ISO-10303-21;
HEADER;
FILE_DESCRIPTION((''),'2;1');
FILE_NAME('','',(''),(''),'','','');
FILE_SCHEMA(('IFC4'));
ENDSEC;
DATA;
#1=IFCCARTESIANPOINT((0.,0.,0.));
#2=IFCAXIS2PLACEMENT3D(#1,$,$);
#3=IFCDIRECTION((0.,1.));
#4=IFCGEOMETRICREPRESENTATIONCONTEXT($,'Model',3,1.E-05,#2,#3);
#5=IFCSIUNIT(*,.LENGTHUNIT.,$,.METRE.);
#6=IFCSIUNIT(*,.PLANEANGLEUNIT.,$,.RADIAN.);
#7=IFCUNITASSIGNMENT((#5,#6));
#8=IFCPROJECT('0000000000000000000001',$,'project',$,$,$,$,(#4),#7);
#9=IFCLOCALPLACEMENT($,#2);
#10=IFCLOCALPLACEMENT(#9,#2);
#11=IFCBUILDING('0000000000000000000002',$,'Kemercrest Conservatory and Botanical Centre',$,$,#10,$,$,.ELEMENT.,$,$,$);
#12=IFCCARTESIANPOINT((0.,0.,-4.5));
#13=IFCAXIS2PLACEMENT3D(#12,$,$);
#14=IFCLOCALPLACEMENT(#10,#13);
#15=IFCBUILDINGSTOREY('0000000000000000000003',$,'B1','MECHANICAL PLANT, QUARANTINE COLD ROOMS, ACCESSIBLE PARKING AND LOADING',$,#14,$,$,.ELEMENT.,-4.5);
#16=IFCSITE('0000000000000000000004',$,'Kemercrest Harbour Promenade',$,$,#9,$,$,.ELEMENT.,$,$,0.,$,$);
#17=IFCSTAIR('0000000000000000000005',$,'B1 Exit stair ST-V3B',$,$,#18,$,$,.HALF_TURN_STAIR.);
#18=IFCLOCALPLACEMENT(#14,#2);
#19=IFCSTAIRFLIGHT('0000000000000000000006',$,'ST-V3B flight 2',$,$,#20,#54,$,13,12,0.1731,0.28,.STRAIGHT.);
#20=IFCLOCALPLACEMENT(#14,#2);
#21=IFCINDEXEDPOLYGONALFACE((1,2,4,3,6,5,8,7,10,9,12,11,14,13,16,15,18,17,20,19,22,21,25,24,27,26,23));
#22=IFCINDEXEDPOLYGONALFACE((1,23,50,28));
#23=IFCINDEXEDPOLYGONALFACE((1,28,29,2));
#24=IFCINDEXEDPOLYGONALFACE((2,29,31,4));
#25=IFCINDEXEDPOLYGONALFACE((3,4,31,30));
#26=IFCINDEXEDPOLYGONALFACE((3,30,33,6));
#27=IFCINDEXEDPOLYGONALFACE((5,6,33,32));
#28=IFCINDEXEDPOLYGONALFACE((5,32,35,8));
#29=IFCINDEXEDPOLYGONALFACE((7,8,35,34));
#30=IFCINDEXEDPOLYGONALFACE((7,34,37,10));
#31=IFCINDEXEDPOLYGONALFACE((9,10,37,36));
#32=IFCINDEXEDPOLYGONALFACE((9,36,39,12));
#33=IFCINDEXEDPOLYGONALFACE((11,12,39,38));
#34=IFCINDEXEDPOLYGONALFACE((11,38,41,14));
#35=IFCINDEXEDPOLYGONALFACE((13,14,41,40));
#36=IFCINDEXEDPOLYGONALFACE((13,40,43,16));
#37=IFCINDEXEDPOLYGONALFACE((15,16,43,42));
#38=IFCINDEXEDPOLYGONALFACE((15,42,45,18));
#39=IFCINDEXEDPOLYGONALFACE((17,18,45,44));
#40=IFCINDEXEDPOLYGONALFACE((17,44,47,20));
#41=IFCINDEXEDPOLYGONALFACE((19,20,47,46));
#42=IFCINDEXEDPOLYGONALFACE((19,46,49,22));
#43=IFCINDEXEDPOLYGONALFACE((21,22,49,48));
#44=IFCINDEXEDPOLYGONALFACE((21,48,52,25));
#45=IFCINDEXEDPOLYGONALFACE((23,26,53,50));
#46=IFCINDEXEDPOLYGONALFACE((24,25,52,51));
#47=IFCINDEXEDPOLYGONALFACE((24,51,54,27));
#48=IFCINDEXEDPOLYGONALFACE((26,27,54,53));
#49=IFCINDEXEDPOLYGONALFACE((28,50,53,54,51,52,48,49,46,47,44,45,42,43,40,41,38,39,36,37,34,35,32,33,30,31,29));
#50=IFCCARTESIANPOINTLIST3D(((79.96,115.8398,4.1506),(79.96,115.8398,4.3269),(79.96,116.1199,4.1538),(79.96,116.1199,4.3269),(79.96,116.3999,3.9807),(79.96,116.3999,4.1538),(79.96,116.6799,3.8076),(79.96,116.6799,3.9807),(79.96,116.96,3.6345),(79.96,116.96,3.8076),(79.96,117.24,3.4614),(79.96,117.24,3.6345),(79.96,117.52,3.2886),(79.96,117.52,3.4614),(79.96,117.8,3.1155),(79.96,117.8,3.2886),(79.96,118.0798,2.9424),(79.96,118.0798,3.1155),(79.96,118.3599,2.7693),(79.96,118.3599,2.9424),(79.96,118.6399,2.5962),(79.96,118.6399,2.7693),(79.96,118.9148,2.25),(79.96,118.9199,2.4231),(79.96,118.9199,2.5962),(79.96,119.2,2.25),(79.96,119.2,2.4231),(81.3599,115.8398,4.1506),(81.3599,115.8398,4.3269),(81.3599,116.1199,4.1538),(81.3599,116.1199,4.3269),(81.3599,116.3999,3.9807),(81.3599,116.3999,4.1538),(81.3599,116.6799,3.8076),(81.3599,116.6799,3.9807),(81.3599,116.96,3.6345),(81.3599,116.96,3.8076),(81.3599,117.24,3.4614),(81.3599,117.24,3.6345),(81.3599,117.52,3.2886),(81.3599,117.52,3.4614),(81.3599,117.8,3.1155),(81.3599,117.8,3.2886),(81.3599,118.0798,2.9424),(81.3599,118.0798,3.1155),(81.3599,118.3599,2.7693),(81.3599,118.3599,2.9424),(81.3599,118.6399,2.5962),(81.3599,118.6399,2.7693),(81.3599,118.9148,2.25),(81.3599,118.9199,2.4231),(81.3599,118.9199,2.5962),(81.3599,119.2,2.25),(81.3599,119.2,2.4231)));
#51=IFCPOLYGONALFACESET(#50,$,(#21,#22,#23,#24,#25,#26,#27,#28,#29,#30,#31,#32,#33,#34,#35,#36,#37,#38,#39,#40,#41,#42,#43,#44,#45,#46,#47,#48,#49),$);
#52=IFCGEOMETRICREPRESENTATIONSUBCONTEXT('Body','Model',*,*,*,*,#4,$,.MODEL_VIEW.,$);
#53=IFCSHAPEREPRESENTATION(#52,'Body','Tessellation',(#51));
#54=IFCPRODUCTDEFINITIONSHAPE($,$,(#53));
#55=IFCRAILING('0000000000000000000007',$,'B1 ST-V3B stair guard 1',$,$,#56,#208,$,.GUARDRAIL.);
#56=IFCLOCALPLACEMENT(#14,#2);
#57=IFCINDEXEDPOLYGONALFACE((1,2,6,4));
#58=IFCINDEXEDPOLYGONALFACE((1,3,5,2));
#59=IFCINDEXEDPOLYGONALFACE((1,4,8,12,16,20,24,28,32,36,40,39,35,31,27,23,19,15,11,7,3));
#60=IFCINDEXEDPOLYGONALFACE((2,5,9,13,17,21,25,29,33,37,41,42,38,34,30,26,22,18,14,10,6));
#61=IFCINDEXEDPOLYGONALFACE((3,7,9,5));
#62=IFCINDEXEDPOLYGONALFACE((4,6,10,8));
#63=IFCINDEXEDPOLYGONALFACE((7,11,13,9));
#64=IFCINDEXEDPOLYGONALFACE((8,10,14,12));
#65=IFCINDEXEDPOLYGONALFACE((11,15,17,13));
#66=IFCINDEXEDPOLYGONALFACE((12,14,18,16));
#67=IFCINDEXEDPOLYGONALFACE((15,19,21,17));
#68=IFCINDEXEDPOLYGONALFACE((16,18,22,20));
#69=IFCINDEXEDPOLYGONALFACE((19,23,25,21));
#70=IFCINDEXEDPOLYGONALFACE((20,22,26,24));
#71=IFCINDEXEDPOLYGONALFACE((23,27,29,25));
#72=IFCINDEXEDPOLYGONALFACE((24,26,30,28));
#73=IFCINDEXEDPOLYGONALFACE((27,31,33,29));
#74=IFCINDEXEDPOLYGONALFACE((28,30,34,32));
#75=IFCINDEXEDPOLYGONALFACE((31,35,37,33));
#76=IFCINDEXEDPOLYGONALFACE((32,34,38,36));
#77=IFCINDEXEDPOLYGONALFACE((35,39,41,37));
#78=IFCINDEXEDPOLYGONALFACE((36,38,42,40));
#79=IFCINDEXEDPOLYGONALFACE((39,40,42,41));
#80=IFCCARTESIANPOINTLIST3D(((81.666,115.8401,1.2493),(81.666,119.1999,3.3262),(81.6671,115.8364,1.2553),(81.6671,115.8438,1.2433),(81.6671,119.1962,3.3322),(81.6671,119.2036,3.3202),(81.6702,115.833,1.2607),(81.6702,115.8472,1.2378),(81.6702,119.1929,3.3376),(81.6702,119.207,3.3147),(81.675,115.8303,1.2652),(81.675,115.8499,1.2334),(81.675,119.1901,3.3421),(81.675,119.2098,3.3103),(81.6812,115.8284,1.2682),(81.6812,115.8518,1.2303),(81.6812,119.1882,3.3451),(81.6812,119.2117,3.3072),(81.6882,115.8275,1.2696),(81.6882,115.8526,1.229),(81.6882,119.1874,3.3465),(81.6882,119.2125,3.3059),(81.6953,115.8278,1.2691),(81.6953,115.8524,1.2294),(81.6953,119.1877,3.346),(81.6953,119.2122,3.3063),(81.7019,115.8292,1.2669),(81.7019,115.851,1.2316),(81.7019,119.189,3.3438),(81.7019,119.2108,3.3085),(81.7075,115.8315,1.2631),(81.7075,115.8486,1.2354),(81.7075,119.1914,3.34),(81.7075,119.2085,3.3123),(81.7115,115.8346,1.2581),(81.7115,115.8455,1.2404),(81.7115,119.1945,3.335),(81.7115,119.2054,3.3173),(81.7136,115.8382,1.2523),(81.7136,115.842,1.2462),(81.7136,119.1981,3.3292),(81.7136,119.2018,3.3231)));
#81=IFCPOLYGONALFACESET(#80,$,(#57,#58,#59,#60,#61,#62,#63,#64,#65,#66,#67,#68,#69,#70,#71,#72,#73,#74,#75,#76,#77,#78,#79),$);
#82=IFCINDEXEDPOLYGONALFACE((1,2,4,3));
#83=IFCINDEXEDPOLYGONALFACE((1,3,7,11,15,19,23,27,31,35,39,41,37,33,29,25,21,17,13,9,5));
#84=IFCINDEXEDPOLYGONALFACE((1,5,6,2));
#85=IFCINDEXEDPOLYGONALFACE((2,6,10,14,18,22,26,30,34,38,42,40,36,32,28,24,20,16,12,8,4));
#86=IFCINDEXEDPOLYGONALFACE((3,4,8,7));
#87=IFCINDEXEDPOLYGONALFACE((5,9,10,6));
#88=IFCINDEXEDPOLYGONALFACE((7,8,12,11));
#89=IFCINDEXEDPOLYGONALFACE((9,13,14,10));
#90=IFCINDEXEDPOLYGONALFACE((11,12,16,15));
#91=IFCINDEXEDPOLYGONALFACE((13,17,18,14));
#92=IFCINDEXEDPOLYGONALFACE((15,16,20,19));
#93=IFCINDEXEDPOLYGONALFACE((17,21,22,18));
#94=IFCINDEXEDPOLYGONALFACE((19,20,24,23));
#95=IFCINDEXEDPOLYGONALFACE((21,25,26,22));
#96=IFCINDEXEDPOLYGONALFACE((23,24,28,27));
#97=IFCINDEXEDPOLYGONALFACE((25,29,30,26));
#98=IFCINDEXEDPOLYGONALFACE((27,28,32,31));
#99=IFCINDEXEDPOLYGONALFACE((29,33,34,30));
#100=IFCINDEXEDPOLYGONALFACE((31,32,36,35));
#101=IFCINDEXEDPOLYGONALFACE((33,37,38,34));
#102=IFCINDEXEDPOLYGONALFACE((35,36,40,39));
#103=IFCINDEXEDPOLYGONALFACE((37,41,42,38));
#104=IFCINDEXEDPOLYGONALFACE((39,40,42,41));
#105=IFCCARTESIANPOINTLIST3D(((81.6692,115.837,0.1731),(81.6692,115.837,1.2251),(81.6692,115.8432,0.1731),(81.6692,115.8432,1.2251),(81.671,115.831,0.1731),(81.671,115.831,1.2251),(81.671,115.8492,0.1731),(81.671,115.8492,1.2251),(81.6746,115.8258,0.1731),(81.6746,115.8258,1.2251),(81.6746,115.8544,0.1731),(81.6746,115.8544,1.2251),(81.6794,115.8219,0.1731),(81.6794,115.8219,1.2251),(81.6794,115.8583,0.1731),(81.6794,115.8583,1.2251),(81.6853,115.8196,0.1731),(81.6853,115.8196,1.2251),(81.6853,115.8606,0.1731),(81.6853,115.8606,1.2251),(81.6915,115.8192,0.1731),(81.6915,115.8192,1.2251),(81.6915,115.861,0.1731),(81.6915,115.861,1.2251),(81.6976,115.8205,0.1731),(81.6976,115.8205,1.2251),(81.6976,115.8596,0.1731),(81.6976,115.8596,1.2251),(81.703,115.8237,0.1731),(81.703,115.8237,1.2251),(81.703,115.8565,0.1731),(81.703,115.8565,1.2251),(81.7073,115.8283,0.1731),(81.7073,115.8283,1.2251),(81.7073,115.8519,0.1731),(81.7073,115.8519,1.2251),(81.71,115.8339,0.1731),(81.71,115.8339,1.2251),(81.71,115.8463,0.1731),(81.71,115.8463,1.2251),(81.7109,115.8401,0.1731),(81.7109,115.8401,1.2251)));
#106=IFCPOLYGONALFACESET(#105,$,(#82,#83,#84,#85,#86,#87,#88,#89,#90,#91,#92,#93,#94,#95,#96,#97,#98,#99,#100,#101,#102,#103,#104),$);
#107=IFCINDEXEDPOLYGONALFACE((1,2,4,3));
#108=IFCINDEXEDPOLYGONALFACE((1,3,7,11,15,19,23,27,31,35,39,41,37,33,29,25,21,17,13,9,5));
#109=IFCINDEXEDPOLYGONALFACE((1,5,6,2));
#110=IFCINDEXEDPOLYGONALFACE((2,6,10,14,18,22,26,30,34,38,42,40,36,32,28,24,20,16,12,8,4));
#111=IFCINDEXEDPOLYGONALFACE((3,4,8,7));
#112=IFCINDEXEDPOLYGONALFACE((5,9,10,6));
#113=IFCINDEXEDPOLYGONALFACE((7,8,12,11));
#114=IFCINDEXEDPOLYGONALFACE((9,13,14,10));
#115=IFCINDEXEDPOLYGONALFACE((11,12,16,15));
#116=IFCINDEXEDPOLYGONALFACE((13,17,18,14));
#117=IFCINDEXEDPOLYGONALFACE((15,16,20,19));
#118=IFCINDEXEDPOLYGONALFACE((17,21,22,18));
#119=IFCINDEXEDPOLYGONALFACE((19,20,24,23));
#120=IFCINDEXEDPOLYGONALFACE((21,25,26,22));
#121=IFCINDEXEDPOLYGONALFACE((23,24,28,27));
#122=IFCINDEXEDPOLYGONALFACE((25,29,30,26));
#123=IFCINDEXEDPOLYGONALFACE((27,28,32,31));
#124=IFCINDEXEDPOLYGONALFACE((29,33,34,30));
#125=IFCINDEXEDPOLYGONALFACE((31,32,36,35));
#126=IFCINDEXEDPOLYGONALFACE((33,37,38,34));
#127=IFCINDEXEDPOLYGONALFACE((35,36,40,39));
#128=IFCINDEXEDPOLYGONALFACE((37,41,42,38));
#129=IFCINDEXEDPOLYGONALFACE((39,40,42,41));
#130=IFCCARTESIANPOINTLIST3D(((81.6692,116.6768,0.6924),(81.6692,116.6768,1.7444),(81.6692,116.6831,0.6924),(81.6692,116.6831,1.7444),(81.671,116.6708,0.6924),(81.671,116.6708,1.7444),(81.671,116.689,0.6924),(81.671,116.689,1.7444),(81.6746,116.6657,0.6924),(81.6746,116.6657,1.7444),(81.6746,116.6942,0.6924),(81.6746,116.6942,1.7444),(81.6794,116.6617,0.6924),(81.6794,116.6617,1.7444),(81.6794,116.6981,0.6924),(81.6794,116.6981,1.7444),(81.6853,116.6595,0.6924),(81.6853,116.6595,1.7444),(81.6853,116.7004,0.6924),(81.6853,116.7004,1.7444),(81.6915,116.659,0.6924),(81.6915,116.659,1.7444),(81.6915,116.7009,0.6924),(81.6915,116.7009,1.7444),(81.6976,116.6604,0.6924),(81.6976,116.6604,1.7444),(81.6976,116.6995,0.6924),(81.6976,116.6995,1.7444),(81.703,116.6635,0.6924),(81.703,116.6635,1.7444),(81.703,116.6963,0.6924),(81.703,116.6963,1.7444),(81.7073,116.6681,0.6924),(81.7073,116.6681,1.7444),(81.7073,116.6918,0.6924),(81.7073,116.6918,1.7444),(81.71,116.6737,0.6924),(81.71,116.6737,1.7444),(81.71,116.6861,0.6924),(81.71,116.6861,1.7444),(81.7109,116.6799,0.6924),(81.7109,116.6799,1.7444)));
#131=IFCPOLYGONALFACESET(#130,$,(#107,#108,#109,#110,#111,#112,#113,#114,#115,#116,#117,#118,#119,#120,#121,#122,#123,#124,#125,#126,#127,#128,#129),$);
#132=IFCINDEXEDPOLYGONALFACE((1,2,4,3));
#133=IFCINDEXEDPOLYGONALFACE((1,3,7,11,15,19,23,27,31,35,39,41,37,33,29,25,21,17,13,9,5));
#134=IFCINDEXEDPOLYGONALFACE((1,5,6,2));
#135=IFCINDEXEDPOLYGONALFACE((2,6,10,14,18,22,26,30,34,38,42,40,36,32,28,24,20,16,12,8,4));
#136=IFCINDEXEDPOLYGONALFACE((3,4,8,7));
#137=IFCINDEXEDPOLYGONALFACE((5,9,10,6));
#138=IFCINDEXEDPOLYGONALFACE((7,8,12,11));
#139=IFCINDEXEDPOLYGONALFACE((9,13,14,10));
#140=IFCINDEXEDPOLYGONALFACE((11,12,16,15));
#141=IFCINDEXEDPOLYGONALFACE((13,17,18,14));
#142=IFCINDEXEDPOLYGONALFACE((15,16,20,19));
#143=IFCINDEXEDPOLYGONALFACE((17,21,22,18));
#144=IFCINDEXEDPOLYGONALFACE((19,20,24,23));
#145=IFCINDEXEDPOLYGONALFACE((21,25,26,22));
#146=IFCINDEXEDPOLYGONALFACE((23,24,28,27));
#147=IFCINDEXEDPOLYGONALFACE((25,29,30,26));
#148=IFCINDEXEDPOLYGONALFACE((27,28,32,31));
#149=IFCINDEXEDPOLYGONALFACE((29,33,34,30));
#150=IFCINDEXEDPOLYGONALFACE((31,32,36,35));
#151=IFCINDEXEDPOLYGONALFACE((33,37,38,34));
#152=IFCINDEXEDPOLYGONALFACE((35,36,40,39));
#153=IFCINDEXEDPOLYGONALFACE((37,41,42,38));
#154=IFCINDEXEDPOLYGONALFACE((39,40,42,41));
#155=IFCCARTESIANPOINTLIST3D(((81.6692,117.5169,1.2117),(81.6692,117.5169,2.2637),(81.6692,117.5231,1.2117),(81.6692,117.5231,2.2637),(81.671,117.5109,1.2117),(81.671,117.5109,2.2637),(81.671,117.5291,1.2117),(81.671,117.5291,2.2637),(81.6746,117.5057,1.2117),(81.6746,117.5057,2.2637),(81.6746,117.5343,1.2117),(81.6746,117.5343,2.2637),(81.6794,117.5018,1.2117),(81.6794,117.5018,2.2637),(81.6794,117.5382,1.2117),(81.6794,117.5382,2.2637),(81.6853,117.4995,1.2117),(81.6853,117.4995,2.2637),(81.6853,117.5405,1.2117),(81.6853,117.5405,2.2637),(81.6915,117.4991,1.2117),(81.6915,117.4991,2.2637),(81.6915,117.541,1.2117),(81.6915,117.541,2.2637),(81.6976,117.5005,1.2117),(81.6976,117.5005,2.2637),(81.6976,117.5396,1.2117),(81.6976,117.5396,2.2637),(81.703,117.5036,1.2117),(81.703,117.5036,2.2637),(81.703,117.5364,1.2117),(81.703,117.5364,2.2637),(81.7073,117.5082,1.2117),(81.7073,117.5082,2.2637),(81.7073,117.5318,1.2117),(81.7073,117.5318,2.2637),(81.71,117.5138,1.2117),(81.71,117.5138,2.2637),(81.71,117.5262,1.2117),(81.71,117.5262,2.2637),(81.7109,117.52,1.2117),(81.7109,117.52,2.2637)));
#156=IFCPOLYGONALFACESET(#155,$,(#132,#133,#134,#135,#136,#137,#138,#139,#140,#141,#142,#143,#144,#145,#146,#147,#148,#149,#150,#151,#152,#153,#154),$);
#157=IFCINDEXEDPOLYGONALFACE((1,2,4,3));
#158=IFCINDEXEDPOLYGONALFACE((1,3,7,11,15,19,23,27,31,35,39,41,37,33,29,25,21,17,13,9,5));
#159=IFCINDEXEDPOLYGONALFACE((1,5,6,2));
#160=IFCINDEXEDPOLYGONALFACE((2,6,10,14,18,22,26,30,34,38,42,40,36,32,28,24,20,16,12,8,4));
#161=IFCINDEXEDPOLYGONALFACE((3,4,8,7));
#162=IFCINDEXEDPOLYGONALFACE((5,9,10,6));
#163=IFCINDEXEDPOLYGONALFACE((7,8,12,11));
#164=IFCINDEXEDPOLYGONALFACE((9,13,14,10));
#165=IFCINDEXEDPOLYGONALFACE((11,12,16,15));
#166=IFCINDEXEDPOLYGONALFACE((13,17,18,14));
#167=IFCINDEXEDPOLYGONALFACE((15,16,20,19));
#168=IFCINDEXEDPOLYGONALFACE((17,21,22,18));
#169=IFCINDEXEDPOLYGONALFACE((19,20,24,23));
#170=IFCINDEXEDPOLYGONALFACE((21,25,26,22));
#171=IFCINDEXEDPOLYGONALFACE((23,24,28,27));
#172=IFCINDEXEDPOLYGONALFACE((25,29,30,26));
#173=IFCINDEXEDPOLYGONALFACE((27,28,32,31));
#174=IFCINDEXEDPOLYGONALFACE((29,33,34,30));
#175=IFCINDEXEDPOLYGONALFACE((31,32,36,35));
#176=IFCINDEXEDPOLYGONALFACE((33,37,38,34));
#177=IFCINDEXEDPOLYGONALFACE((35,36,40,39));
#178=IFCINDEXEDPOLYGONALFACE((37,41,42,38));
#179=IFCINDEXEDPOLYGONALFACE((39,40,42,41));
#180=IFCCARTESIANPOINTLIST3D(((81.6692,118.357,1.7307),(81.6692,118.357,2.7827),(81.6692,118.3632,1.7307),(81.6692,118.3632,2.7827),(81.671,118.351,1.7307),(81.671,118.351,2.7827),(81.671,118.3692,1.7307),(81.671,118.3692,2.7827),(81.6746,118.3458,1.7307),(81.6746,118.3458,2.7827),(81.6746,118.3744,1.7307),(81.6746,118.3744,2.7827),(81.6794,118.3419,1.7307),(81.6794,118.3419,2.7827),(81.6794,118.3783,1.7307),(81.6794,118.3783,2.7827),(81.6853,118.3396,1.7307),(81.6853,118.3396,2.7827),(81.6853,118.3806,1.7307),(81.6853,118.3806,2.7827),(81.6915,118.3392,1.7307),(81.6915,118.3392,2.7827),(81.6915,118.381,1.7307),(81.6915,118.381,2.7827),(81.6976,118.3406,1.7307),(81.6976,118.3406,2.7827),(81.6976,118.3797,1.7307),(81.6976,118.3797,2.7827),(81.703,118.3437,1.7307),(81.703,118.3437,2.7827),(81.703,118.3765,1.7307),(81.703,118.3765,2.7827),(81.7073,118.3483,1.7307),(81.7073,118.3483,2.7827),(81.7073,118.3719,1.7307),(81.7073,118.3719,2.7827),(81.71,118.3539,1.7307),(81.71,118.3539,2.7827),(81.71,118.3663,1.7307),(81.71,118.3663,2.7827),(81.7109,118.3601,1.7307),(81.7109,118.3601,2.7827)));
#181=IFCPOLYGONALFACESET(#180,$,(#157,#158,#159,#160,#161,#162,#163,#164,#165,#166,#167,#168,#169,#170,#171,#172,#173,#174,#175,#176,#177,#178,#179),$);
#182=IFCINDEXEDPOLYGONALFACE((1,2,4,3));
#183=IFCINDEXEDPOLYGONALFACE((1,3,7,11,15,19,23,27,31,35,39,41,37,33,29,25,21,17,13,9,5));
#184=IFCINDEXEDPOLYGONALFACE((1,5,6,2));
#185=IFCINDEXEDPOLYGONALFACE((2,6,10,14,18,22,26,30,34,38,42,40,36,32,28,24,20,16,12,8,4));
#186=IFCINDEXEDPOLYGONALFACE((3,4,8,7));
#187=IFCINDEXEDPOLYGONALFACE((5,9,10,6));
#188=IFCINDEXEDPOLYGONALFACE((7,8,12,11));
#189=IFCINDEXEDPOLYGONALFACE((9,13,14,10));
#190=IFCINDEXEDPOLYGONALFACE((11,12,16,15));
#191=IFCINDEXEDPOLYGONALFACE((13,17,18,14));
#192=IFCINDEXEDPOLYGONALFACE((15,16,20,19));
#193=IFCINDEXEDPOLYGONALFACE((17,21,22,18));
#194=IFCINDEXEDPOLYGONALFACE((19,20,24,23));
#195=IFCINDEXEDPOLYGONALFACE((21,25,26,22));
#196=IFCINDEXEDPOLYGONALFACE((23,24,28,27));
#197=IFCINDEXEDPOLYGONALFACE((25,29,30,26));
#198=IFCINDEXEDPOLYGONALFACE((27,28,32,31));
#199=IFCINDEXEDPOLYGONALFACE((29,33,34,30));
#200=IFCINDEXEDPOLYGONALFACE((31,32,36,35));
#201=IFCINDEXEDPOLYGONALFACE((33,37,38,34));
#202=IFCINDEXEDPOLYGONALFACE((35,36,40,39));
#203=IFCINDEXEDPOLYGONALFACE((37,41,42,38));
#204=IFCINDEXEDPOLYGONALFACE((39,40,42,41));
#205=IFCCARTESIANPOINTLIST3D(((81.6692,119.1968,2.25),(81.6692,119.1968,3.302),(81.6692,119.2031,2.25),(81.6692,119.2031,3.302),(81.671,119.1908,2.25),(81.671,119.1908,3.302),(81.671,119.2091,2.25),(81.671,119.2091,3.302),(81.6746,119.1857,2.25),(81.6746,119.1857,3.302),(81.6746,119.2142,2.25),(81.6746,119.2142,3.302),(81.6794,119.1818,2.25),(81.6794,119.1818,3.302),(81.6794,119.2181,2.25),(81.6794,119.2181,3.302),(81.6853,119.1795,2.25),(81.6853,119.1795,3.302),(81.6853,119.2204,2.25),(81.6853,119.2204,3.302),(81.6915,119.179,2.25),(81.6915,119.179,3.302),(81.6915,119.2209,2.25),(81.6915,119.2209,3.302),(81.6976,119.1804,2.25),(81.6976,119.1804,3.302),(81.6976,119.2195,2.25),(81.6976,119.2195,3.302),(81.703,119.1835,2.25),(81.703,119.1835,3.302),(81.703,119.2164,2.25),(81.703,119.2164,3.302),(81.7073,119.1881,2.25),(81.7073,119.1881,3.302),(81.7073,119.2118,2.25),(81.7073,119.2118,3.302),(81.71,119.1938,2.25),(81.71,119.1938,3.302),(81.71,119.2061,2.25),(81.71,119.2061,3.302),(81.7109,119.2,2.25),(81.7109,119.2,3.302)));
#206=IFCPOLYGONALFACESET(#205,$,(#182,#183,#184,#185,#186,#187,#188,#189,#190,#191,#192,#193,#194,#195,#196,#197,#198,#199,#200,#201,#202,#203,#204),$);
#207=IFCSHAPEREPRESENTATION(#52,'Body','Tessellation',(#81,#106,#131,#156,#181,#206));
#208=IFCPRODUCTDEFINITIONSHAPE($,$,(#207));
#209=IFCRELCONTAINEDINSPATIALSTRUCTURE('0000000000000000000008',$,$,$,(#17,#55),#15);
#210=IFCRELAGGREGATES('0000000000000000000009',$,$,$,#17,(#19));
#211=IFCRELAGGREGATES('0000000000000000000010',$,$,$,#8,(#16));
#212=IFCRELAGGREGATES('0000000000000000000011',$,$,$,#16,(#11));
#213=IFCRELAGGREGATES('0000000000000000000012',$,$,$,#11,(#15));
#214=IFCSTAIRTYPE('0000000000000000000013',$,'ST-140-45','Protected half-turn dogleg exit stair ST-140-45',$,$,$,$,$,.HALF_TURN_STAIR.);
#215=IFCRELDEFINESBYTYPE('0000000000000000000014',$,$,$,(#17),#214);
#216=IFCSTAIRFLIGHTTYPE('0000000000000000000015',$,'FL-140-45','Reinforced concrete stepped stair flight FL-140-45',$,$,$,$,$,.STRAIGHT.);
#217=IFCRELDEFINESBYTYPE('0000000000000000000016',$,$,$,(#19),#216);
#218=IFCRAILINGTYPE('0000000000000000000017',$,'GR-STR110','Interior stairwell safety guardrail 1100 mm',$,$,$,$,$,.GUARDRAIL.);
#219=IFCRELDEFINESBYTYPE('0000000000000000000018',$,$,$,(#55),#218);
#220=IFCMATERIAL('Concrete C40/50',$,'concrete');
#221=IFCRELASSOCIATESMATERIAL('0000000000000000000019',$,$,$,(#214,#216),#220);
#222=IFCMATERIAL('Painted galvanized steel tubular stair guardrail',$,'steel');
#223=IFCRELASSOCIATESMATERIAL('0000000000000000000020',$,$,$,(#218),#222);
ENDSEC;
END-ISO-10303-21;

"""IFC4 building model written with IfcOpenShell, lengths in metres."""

from ifc_helpers import new_model, si_unit, direction, frame, origin, origin_2d, place, context, subcontext, project, spatial, polyline, circle, outline, extrude, material, type_object, element, aggregate, save


model = new_model("IFC4")

# Units and contexts
model_context = context("Model", 3, precision=1e-05, world=origin(), true_north=direction((0.0, 1.0)))
body_context = subcontext(model_context, "Body", "Model", "MODEL_VIEW")
ifc_project = project(units=[si_unit("LENGTHUNIT", "METRE"), si_unit("PLANEANGLEUNIT", "RADIAN")], contexts=[model_context])

# Site, building, storey
site_placement = place(None, origin())
site = spatial("IfcSite", under=ifc_project, at=site_placement, Name="Kemercrest Harbour Promenade", CompositionType="ELEMENT", RefElevation=0.0)
building_placement = place(site_placement, origin())
building = spatial("IfcBuilding", under=site, at=building_placement, Name="Kemercrest Conservatory and Botanical Centre", CompositionType="ELEMENT")
storey_placement = place(building_placement, frame((0.0, 0.0, -4.5)))
storey = spatial("IfcBuildingStorey", under=building, at=storey_placement, Name="B1", Description="MECHANICAL PLANT, QUARANTINE COLD ROOMS, ACCESSIBLE PARKING AND LOADING", CompositionType="ELEMENT", Elevation=-4.5)

# Shared definitions
ifc_material_1 = material(Name="Concrete C40/50", Category="concrete")

# Stair, stair flight
stair_type = type_object("IfcStairType", Name="ST-140-45", Description="Protected half-turn dogleg exit stair ST-140-45", PredefinedType="HALF_TURN_STAIR", material=ifc_material_1)
stair_placement = place(storey_placement, origin())
stair = element("IfcStair", 1, at=stair_placement, inside=storey, type_object=stair_type, Name="B1 Exit stair ST-V3B", PredefinedType="HALF_TURN_STAIR")
stair_flight_type = type_object("IfcStairFlightType", Name="FL-140-45", Description="Reinforced concrete stepped stair flight FL-140-45", PredefinedType="STRAIGHT", material=ifc_material_1)
stair_flight_placement = place(storey_placement, frame((80.6599, 119.2, 2.25), z_axis=(0.0, 0.0, 1.0), x_axis=(0.0, -1.0, 0.0)))
stair_flight = element("IfcStairFlight", 2, at=stair_flight_placement, type_object=stair_flight_type, Name="ST-V3B flight 2", NumberOfRisers=13, NumberOfTreads=12, PredefinedType="STRAIGHT", RiserHeight=0.1731, TreadLength=0.28, context=body_context, shape_type="SweptSolid", body=[
    extrude(outline(polyline([(0.0, 0.0), (0.0, 0.1731), (0.28, 0.1731), (0.28, 0.3462), (0.5601, 0.3462), (0.5601, 0.5193), (0.8401, 0.5193), (0.8401, 0.6924), (1.1201, 0.6924), (1.1201, 0.8655), (1.3999, 0.8655), (1.3999, 1.0386), (1.6799, 1.0386), (1.6799, 1.2114), (1.96, 1.2114), (1.96, 1.3845), (2.24, 1.3845), (2.24, 1.5576), (2.52, 1.5576), (2.52, 1.7307), (2.8, 1.7307), (2.8, 1.9038), (3.0801, 1.9038), (3.0801, 2.0769), (3.3601, 2.0769), (3.3601, 2.25), (3.3601, 1.9006), (0.2852, 0.0), (0.0, 0.0)])), frame((0.0, 0.7, 0.0), z_axis=(0.0, -1.0, 0.0), x_axis=(1.0, 0.0, 0.0)), (0.0, 0.0, 1.0), 1.3999),
])
aggregate(stair, [stair_flight])

# Railing
ifc_material_2 = material(Name="Painted galvanized steel tubular stair guardrail", Category="steel")
railing_type_1 = type_object("IfcRailingType", Name="GR-STR110", Description="Interior stairwell safety guardrail 1100 mm", PredefinedType="GUARDRAIL", material=ifc_material_2)
railing_1_placement = place(storey_placement, frame((81.6899, 115.8401, 0.1731)))
element("IfcRailing", 3, at=railing_1_placement, inside=storey, type_object=railing_type_1, Name="B1 ST-V3B stair guard 1", PredefinedType="GUARDRAIL", context=body_context, shape_type="SweptSolid", body=[
    extrude(circle(Radius=0.0239, at=origin_2d()), frame((0.0, 0.0, 1.0762), z_axis=(0.0, 0.850606, 0.525803), x_axis=(-1.0, 0.0, 0.0)), (0.0, 0.0, 1.0), 3.95),
    extrude(circle(Radius=0.021, at=origin_2d()), origin(), (0.0, 0.0, 1.0), 1.052),
    extrude(circle(Radius=0.021, at=origin_2d()), frame((0.0, 0.8398, 0.5193)), (0.0, 0.0, 1.0), 1.052),
    extrude(circle(Radius=0.021, at=origin_2d()), frame((0.0, 1.6799, 1.0386)), (0.0, 0.0, 1.0), 1.052),
    extrude(circle(Radius=0.021, at=origin_2d()), frame((0.0, 2.52, 1.5576)), (0.0, 0.0, 1.0), 1.052),
    extrude(circle(Radius=0.021, at=origin_2d()), frame((0.0, 3.3599, 2.0769)), (0.0, 0.0, 1.0), 1.052),
])

save(model, "model.ifc")
